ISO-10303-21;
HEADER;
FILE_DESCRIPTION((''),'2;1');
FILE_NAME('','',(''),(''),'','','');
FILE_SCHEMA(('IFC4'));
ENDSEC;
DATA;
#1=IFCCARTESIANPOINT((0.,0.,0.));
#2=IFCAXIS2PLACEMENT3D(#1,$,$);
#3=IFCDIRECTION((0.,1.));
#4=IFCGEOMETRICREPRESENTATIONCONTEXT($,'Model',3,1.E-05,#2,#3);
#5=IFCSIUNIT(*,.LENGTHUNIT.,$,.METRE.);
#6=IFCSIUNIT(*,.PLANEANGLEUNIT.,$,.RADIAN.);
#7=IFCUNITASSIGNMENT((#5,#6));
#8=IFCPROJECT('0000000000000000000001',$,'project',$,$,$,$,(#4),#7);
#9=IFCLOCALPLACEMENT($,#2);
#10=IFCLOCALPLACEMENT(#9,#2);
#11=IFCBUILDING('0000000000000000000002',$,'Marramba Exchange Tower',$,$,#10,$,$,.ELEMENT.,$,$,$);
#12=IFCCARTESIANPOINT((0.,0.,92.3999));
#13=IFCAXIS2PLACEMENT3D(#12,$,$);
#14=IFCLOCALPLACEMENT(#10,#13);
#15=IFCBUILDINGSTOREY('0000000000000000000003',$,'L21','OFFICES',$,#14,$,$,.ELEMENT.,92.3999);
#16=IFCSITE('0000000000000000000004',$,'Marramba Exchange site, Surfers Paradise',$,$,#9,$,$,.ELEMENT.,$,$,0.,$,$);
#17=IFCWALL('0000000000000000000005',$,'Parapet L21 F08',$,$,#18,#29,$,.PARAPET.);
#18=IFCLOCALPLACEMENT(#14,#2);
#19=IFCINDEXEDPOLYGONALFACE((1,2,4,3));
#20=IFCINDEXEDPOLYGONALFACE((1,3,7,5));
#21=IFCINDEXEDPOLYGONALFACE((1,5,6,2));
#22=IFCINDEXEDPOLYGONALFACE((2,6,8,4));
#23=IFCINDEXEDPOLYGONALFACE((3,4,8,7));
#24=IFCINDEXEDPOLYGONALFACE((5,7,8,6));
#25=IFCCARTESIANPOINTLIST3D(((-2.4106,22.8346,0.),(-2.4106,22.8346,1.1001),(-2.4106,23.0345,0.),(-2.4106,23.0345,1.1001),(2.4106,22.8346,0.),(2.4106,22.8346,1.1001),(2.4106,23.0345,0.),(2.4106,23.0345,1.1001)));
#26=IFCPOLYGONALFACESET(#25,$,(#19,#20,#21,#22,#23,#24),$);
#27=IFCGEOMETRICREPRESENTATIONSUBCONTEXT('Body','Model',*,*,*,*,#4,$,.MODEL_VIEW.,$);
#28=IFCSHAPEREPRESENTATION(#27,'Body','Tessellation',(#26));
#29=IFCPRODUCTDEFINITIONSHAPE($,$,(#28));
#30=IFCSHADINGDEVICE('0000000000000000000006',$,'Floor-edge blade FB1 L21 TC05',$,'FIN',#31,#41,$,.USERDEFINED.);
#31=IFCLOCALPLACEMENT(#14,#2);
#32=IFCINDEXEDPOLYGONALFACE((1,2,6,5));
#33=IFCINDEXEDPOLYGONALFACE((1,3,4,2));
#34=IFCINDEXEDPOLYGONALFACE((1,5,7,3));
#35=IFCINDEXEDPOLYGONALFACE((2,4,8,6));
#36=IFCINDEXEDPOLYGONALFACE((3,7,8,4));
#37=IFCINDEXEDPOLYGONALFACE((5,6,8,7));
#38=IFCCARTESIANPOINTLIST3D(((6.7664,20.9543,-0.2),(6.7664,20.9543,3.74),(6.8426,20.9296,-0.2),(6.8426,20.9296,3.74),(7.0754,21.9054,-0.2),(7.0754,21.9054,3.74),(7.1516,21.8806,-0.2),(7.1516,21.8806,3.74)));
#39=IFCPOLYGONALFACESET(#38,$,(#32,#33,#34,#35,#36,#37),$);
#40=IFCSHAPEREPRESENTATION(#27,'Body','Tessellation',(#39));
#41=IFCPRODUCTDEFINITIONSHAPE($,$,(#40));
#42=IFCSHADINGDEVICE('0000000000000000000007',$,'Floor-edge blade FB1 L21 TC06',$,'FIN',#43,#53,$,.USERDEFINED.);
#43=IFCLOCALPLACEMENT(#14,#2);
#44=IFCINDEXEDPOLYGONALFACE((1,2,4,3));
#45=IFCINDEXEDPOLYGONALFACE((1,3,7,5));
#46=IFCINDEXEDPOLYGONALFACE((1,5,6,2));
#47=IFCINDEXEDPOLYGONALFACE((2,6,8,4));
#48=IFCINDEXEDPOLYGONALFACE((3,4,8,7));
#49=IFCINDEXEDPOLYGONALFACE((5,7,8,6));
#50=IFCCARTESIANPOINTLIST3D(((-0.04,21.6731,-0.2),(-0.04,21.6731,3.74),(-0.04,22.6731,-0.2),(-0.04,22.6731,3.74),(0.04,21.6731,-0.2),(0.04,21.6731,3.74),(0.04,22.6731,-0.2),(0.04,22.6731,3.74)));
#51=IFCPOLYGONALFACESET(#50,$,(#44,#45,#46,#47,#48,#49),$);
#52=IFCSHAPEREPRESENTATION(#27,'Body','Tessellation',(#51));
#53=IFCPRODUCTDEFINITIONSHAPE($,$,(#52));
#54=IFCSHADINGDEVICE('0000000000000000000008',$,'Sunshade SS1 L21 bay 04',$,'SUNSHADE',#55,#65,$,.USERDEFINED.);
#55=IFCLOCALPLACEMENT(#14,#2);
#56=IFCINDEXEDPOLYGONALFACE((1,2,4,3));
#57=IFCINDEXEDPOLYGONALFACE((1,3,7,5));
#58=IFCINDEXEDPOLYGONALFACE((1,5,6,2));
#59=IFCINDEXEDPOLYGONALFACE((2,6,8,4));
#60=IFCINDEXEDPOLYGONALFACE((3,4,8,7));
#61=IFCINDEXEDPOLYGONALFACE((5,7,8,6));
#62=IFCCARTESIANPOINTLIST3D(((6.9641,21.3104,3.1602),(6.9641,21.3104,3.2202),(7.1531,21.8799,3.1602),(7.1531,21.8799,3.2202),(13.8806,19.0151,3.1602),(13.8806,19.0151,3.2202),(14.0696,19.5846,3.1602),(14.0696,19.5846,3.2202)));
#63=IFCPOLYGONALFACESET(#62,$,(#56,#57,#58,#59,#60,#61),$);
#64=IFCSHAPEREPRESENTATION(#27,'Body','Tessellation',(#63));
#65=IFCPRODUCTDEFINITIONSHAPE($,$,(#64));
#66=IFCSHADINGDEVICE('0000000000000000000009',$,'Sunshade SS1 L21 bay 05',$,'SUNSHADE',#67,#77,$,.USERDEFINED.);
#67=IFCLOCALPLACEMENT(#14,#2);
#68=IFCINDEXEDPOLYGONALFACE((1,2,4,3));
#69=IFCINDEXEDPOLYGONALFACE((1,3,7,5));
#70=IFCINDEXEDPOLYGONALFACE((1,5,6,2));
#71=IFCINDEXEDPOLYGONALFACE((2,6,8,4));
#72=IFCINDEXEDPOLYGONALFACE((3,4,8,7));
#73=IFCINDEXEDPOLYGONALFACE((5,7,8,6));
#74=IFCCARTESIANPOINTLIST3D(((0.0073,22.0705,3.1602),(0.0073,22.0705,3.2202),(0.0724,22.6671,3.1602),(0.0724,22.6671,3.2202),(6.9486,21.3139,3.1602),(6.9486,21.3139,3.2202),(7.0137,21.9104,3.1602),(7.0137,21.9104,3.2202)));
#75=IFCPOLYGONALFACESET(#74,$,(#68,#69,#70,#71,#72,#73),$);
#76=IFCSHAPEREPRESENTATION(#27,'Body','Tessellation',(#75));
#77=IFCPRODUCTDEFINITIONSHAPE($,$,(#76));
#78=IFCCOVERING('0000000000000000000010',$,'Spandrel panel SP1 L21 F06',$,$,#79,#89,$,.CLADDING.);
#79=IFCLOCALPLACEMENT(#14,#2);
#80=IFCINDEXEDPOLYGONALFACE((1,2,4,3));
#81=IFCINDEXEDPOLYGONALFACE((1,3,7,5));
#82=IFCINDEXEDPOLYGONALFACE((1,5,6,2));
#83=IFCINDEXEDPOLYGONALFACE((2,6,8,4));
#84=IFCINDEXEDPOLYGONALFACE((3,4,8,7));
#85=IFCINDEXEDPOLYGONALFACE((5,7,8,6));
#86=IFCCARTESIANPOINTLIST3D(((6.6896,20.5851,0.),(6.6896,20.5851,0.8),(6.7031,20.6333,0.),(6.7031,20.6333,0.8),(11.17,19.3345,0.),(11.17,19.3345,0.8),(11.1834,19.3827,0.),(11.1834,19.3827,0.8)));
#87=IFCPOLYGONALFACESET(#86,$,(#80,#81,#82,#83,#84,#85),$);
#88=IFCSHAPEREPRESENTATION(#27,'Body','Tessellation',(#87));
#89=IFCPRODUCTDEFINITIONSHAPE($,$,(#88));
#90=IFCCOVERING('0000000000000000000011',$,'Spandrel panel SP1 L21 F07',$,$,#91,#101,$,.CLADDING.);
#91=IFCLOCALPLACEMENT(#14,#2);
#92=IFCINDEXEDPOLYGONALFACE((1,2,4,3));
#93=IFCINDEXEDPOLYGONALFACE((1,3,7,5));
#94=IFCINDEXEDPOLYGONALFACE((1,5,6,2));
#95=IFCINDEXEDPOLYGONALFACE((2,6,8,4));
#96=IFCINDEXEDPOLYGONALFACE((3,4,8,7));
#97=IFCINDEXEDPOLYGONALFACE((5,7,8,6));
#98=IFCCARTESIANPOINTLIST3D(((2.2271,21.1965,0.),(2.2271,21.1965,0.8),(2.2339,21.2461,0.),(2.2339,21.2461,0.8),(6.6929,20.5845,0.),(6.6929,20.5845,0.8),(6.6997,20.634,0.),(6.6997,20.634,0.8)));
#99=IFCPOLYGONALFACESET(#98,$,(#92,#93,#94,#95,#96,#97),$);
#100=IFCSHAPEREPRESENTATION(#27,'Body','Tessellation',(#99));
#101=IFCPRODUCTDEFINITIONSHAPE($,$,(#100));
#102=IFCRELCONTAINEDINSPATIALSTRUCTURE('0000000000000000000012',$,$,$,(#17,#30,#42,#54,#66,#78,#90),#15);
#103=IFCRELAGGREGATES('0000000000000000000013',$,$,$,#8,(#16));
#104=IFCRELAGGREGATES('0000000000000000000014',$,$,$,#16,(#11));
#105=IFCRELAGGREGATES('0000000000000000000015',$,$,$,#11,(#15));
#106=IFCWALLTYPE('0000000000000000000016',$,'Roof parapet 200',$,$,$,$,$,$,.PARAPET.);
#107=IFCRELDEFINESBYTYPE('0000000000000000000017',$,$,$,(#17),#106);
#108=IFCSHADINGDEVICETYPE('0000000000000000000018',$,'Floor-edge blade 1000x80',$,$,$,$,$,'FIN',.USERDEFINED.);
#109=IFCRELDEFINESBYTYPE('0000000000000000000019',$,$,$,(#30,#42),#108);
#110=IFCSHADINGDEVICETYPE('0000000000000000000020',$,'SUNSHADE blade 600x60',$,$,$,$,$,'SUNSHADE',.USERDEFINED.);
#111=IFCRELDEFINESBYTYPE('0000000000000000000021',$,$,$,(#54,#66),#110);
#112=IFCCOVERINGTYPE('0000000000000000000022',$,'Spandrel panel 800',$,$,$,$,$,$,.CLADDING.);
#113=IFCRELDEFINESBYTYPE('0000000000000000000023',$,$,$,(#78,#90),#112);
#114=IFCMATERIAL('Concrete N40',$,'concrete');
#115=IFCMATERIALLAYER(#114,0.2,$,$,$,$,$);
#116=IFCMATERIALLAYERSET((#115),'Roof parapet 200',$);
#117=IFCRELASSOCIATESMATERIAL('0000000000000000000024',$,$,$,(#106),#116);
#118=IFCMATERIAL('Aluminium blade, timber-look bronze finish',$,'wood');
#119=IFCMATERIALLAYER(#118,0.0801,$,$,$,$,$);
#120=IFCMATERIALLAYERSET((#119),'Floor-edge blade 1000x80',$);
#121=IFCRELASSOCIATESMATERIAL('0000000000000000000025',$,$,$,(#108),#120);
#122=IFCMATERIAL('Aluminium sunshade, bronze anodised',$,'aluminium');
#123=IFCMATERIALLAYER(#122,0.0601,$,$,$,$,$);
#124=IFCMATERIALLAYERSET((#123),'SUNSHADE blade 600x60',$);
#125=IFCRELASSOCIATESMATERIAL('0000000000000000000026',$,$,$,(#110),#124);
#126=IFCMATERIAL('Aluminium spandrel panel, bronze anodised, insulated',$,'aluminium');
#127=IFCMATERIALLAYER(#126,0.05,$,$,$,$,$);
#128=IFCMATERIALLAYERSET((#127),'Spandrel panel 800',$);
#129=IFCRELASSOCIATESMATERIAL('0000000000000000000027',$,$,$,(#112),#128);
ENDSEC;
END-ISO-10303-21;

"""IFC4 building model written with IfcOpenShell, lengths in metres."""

from ifc_helpers import new_model, si_unit, direction, frame, frame_2d, origin, origin_2d, place, context, subcontext, project, spatial, rectangle, extrude, material, layer, layer_set, type_object, element, save


model = new_model("IFC4")

# Units and contexts
model_context = context("Model", 3, precision=1e-05, world=origin(), true_north=direction((0.0, 1.0)))
body_context = subcontext(model_context, "Body", "Model", "MODEL_VIEW")
ifc_project = project(units=[si_unit("LENGTHUNIT", "METRE"), si_unit("PLANEANGLEUNIT", "RADIAN")], contexts=[model_context])

# Site, building, storey
site_placement = place(None, origin())
site = spatial("IfcSite", under=ifc_project, at=site_placement, Name="Marramba Exchange site, Surfers Paradise", CompositionType="ELEMENT", RefElevation=0.0)
building_placement = place(site_placement, origin())
building = spatial("IfcBuilding", under=site, at=building_placement, Name="Marramba Exchange Tower", CompositionType="ELEMENT")
storey_placement = place(building_placement, frame((0.0, 0.0, 92.3999)))
storey = spatial("IfcBuildingStorey", under=building, at=storey_placement, Name="L21", Description="OFFICES", CompositionType="ELEMENT", Elevation=92.3999)

# Wall
ifc_material_1 = material(Name="Concrete N40", Category="concrete")
ifc_layer_1 = layer(ifc_material_1, 0.2)
ifc_layer_set_1 = layer_set([ifc_layer_1], Name="Roof parapet 200")
wall_type_1 = type_object("IfcWallType", Name="Roof parapet 200", PredefinedType="PARAPET", material=ifc_layer_set_1)
wall_1_placement = place(storey_placement, frame((2.4106, 22.9346, 0.0), z_axis=(0.0, 0.0, 1.0), x_axis=(-1.0, 0.0, 0.0)))
element("IfcWall", 1, at=wall_1_placement, inside=storey, type_object=wall_type_1, Name="Parapet L21 F08", PredefinedType="PARAPET", context=body_context, shape_type="SweptSolid", body=[
    extrude(rectangle(XDim=4.8213, YDim=0.2, at=frame_2d((2.4106, 0.0))), origin(), (0.0, 0.0, 1.0), 1.1001),
])

# Shading devices
ifc_material_2 = material(Name="Aluminium blade, timber-look bronze finish", Category="wood")
ifc_layer_2 = layer(ifc_material_2, 0.0801)
ifc_layer_set_2 = layer_set([ifc_layer_2], Name="Floor-edge blade 1000x80")
shading_device_type_1 = type_object("IfcShadingDeviceType", Name="Floor-edge blade 1000x80", ElementType="FIN", PredefinedType="USERDEFINED", material=ifc_layer_set_2)
for number, where, z_axis, x_axis, name in (
    (2, (6.959, 21.4175, -0.2), (0.0, 0.0, 1.0), (0.309017, 0.951057, 0.0), "Floor-edge blade FB1 L21 TC05"),
    (3, (0.0, 22.1731, -0.2), (0.0, 0.0, 1.0), (0.0, 1.0, 0.0), "Floor-edge blade FB1 L21 TC06"),
):
    element("IfcShadingDevice", number, at=place(storey_placement, frame(where, z_axis=z_axis, x_axis=x_axis)), inside=storey, type_object=shading_device_type_1, Name=name, ObjectType="FIN", PredefinedType="USERDEFINED", context=body_context, shape_type="SweptSolid", body=[
        extrude(rectangle(XDim=1.0, YDim=0.0801, at=origin_2d()), origin(), (0.0, 0.0, 1.0), 3.9399),
    ])
ifc_material_3 = material(Name="Aluminium sunshade, bronze anodised", Category="aluminium")
ifc_layer_3 = layer(ifc_material_3, 0.0601)
ifc_layer_set_3 = layer_set([ifc_layer_3], Name="SUNSHADE blade 600x60")
shading_device_type_2 = type_object("IfcShadingDeviceType", Name="SUNSHADE blade 600x60", ElementType="SUNSHADE", PredefinedType="USERDEFINED", material=ifc_layer_set_3)
shading_device_1_placement = place(storey_placement, frame((10.5168, 20.4475, 3.1602), z_axis=(0.0, 0.0, 1.0), x_axis=(-0.949101, 0.314972, 0.0)))
element("IfcShadingDevice", 4, at=shading_device_1_placement, inside=storey, type_object=shading_device_type_2, Name="Sunshade SS1 L21 bay 04", ObjectType="SUNSHADE", PredefinedType="USERDEFINED", context=body_context, shape_type="SweptSolid", body=[
    extrude(rectangle(XDim=7.2874, YDim=0.6001, at=origin_2d()), origin(), (0.0, 0.0, 1.0), 0.0601),
])
shading_device_2_placement = place(storey_placement, frame((3.5105, 21.9905, 3.1602), z_axis=(0.0, 0.0, 1.0), x_axis=(-0.994111, 0.108363, 0.0)))
element("IfcShadingDevice", 5, at=shading_device_2_placement, inside=storey, type_object=shading_device_type_2, Name="Sunshade SS1 L21 bay 05", ObjectType="SUNSHADE", PredefinedType="USERDEFINED", context=body_context, shape_type="SweptSolid", body=[
    extrude(rectangle(XDim=6.9824, YDim=0.6001, at=origin_2d()), origin(), (0.0, 0.0, 1.0), 0.0601),
])

# Coverings
ifc_material_4 = material(Name="Aluminium spandrel panel, bronze anodised, insulated", Category="aluminium")
ifc_layer_4 = layer(ifc_material_4, 0.05)
ifc_layer_set_4 = layer_set([ifc_layer_4], Name="Spandrel panel 800")
covering_type = type_object("IfcCoveringType", Name="Spandrel panel 800", PredefinedType="CLADDING", material=ifc_layer_set_4)
covering_1_placement = place(storey_placement, frame((8.9365, 19.9839, 0.0), z_axis=(0.0, 0.0, 1.0), x_axis=(-0.963178, 0.268865, 0.0)))
element("IfcCovering", 6, at=covering_1_placement, inside=storey, type_object=covering_type, Name="Spandrel panel SP1 L21 F06", PredefinedType="CLADDING", context=body_context, shape_type="SweptSolid", body=[
    extrude(rectangle(XDim=4.6516, YDim=0.05, at=origin_2d()), origin(), (0.0, 0.0, 1.0), 0.8),
])
covering_2_placement = place(storey_placement, frame((4.4634, 20.9153, 0.0), z_axis=(0.0, 0.0, 1.0), x_axis=(-0.990738, 0.135786, 0.0)))
element("IfcCovering", 7, at=covering_2_placement, inside=storey, type_object=covering_type, Name="Spandrel panel SP1 L21 F07", PredefinedType="CLADDING", context=body_context, shape_type="SweptSolid", body=[
    extrude(rectangle(XDim=4.5076, YDim=0.05, at=origin_2d()), origin(), (0.0, 0.0, 1.0), 0.8),
])

save(model, "model.ifc")
